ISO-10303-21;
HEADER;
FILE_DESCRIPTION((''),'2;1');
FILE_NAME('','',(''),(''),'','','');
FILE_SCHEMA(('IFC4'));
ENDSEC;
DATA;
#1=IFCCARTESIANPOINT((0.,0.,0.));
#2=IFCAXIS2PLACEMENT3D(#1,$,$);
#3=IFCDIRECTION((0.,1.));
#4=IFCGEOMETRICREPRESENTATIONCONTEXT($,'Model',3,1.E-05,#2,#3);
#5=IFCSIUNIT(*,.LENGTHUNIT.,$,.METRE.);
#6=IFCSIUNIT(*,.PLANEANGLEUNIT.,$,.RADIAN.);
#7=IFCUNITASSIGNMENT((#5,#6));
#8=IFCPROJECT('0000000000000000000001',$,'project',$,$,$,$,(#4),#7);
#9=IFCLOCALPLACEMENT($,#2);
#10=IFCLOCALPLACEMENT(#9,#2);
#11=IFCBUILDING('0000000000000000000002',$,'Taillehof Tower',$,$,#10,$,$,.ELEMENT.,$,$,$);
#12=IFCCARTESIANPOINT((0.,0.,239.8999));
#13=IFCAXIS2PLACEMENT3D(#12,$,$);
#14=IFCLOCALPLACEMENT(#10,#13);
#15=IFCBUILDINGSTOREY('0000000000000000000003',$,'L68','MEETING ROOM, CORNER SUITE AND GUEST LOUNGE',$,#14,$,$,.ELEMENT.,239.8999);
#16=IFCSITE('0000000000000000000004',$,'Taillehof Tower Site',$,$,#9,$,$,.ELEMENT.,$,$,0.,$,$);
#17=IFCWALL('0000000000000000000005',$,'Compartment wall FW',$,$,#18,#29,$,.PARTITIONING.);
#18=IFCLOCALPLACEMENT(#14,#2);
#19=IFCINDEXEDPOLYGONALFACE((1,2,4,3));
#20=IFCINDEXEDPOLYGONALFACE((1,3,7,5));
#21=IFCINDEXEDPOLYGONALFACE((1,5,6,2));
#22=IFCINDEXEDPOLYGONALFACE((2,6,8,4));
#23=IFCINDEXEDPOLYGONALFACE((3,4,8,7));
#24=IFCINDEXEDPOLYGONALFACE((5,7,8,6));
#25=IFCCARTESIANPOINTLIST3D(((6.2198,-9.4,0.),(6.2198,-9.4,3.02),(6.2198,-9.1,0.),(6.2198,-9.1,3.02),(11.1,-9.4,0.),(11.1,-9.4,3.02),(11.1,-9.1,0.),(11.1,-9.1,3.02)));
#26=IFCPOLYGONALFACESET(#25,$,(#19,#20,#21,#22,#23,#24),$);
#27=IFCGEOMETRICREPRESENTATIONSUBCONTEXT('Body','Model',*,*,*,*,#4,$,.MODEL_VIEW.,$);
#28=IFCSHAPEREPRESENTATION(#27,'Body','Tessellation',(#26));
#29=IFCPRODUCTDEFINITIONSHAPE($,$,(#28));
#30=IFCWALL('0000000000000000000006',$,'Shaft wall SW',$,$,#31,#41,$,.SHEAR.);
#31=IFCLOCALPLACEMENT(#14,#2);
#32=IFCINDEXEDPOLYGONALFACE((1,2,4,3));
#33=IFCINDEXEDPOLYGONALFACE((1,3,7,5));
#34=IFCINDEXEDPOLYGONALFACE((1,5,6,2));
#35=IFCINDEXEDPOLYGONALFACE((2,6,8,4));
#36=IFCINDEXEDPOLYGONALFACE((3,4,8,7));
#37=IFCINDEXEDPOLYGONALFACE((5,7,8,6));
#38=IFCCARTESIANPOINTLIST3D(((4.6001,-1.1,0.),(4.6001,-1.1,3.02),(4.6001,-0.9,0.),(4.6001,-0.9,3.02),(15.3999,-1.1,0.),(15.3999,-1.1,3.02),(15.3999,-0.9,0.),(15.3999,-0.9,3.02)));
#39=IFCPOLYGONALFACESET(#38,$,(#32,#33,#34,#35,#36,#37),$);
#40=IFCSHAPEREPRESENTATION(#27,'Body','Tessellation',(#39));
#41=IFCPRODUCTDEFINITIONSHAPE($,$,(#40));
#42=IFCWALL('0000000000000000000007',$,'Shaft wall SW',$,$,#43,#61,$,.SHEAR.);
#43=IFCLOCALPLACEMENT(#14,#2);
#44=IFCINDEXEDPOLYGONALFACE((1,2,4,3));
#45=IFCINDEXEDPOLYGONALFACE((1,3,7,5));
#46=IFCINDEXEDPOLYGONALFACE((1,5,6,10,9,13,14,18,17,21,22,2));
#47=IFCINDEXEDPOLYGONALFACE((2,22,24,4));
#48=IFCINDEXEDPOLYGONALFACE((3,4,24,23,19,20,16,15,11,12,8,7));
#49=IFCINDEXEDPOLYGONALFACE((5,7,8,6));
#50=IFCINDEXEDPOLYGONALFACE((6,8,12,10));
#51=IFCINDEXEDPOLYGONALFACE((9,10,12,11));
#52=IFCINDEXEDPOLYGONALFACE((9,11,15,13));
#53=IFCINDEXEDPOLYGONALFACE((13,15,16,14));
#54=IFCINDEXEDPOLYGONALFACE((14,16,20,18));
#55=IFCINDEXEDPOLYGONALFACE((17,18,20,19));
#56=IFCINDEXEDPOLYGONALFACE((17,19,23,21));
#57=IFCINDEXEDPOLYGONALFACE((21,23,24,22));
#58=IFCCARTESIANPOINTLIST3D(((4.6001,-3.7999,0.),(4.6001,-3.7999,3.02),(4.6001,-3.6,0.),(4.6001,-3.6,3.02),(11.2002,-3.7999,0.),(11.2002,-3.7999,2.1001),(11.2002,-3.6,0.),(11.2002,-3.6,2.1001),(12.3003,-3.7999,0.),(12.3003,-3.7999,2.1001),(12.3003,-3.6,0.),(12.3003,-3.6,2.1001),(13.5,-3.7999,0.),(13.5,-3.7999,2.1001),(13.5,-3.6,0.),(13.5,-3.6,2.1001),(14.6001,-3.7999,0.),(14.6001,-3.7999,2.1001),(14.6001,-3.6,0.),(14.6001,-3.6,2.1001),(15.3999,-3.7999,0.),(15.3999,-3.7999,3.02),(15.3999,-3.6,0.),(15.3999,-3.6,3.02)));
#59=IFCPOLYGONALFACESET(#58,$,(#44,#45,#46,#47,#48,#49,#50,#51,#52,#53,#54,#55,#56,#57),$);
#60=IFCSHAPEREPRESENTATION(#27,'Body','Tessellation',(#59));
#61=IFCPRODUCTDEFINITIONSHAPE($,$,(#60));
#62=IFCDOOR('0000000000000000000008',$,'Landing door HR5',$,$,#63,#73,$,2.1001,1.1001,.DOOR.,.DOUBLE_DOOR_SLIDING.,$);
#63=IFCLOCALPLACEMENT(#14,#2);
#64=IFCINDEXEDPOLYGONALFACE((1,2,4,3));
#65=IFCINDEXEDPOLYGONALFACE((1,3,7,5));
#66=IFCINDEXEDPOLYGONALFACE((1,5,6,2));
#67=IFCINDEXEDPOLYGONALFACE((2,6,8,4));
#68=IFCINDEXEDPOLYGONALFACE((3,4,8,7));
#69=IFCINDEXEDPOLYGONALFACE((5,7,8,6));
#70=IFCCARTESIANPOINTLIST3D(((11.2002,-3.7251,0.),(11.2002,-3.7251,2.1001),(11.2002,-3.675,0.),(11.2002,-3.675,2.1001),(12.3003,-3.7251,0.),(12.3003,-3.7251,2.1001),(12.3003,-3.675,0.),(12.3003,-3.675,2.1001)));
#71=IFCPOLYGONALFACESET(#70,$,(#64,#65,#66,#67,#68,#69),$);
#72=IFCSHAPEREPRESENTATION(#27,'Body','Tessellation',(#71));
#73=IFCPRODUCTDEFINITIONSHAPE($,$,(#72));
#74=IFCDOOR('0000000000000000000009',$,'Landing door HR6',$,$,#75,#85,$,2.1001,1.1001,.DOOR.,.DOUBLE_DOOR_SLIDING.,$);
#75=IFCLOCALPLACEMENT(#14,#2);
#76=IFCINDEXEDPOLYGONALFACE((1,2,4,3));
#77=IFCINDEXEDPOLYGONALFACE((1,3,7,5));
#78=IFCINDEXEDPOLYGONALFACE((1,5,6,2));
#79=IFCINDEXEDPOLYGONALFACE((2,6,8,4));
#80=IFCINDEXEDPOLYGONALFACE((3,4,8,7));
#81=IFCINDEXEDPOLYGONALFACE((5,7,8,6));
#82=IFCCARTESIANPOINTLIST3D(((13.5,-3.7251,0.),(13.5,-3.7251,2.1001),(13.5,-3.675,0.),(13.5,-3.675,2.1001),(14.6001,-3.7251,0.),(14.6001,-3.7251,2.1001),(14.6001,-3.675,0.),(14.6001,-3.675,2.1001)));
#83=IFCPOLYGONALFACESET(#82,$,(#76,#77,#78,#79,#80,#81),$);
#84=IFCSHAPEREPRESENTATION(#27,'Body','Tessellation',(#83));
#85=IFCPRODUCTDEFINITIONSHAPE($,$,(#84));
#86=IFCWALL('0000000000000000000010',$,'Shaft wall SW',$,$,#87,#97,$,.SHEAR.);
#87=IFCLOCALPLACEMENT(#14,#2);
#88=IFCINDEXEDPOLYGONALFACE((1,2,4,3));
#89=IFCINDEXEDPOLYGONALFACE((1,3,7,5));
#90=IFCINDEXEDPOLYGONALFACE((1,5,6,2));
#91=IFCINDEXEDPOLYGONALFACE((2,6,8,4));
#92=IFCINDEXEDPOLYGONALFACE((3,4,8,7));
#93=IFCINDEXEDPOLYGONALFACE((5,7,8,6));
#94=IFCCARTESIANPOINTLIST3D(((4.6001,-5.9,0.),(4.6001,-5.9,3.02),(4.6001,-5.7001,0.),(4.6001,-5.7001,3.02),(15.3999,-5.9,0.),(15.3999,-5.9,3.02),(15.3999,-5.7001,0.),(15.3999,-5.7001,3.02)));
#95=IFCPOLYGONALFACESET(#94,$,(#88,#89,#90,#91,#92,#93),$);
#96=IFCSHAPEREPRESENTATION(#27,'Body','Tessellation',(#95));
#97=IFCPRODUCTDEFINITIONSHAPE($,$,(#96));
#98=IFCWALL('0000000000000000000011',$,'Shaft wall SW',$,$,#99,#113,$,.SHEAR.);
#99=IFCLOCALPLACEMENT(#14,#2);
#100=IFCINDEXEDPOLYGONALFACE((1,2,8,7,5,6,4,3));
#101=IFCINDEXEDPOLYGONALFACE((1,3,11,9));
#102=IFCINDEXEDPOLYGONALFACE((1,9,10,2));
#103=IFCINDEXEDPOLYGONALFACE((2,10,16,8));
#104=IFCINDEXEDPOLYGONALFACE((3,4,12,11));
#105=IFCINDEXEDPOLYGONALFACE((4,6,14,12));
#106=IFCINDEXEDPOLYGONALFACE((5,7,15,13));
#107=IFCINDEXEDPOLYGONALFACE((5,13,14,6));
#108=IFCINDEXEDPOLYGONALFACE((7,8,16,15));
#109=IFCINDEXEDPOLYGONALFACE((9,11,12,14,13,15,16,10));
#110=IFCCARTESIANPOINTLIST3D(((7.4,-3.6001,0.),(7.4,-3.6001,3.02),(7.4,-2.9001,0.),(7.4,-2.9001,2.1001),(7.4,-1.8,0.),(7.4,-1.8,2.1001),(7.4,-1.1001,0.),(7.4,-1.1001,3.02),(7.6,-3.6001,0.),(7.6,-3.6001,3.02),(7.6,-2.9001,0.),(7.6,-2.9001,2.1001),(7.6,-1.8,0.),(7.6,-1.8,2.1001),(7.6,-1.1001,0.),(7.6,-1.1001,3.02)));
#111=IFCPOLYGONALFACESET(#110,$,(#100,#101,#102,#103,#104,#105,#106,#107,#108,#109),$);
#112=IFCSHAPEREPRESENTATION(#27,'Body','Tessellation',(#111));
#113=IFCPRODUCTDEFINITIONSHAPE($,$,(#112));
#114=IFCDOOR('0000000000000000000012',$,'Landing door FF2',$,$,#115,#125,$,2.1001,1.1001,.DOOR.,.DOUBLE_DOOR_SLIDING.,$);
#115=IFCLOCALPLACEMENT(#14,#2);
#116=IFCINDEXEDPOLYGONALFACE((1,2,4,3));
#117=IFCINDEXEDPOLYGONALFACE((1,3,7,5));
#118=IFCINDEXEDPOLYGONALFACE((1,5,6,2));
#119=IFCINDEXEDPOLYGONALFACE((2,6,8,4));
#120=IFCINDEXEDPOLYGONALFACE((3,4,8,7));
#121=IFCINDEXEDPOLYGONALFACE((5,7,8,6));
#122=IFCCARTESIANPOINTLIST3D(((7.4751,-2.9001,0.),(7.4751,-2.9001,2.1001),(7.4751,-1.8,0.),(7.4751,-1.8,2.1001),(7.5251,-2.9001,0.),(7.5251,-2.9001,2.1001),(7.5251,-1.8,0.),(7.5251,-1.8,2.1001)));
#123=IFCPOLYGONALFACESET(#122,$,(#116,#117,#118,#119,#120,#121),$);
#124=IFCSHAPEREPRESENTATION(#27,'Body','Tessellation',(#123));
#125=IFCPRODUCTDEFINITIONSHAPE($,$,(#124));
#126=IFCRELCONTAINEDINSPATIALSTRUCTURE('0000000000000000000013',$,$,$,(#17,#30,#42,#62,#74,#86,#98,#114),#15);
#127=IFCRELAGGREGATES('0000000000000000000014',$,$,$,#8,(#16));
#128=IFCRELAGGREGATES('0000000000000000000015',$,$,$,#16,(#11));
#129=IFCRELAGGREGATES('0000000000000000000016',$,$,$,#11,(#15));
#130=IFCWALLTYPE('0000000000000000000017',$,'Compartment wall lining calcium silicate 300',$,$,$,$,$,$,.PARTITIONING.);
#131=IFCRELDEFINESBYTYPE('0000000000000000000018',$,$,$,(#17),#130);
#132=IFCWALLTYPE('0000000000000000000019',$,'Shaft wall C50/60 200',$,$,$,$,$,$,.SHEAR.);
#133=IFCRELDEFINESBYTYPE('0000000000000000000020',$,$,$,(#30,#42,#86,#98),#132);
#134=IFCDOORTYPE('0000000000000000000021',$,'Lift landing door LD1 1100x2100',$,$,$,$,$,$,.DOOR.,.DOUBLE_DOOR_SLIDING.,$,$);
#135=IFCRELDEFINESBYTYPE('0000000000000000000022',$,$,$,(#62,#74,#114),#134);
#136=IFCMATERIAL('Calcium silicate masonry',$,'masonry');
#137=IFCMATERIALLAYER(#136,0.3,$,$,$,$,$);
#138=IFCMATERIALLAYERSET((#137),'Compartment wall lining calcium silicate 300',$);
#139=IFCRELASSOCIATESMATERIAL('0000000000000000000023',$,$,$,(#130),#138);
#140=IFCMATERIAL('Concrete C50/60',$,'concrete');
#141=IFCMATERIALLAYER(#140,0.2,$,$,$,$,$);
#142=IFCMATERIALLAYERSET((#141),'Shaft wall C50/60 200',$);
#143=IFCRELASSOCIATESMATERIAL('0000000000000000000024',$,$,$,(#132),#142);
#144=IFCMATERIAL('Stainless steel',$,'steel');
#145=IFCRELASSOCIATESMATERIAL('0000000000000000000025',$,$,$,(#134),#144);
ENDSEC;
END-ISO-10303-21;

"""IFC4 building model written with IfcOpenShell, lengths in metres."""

from ifc_helpers import new_model, si_unit, direction, frame, frame_2d, origin, place, context, subcontext, project, spatial, rectangle, extrude, material, layer, layer_set, type_object, element, fill, save


model = new_model("IFC4")

# Units and contexts
model_context = context("Model", 3, precision=1e-05, world=origin(), true_north=direction((0.0, 1.0)))
body_context = subcontext(model_context, "Body", "Model", "MODEL_VIEW")
ifc_project = project(units=[si_unit("LENGTHUNIT", "METRE"), si_unit("PLANEANGLEUNIT", "RADIAN")], contexts=[model_context])

# Site, building, storey
site_placement = place(None, origin())
site = spatial("IfcSite", under=ifc_project, at=site_placement, Name="Taillehof Tower Site", CompositionType="ELEMENT", RefElevation=0.0)
building_placement = place(site_placement, origin())
building = spatial("IfcBuilding", under=site, at=building_placement, Name="Taillehof Tower", CompositionType="ELEMENT")
storey_placement = place(building_placement, frame((0.0, 0.0, 239.8999)))
storey = spatial("IfcBuildingStorey", under=building, at=storey_placement, Name="L68", Description="MEETING ROOM, CORNER SUITE AND GUEST LOUNGE", CompositionType="ELEMENT", Elevation=239.8999)

# Walls
ifc_material_1 = material(Name="Calcium silicate masonry", Category="masonry")
ifc_layer_1 = layer(ifc_material_1, 0.3)
ifc_layer_set_1 = layer_set([ifc_layer_1], Name="Compartment wall lining calcium silicate 300")
wall_type_1 = type_object("IfcWallType", Name="Compartment wall lining calcium silicate 300", PredefinedType="PARTITIONING", material=ifc_layer_set_1)
wall_1_placement = place(storey_placement, frame((6.22, -9.25, 0.0), z_axis=(0.0, 0.0, 1.0), x_axis=(1.0, 0.0, 0.0)))
element("IfcWall", 1, at=wall_1_placement, inside=storey, type_object=wall_type_1, Name="Compartment wall FW", PredefinedType="PARTITIONING", context=body_context, shape_type="SweptSolid", body=[
    extrude(rectangle(XDim=4.8801, YDim=0.3, at=frame_2d((2.4399, 0.0))), origin(), (0.0, 0.0, 1.0), 3.02),
])
ifc_material_2 = material(Name="Concrete C50/60", Category="concrete")
ifc_layer_2 = layer(ifc_material_2, 0.2)
ifc_layer_set_2 = layer_set([ifc_layer_2], Name="Shaft wall C50/60 200")
wall_type_2 = type_object("IfcWallType", Name="Shaft wall C50/60 200", PredefinedType="SHEAR", material=ifc_layer_set_2)
wall_2_placement = place(storey_placement, frame((4.6001, -1.0, 0.0), z_axis=(0.0, 0.0, 1.0), x_axis=(1.0, 0.0, 0.0)))
element("IfcWall", 2, at=wall_2_placement, inside=storey, type_object=wall_type_2, Name="Shaft wall SW", PredefinedType="SHEAR", context=body_context, shape_type="SweptSolid", body=[
    extrude(rectangle(XDim=10.7998, YDim=0.2, at=frame_2d((5.3999, 0.0))), origin(), (0.0, 0.0, 1.0), 3.02),
])

# Wall, openings, doors
wall_3_placement = place(storey_placement, frame((4.6001, -3.7, 0.0), z_axis=(0.0, 0.0, 1.0), x_axis=(1.0, 0.0, 0.0)))
wall_3 = element("IfcWall", 3, at=wall_3_placement, inside=storey, type_object=wall_type_2, Name="Shaft wall SW", PredefinedType="SHEAR", context=body_context, shape_type="SweptSolid", body=[
    extrude(rectangle(XDim=10.7998, YDim=0.2, at=frame_2d((5.3999, 0.0))), origin(), (0.0, 0.0, 1.0), 3.02),
])
opening_1_placement = place(wall_3_placement, frame((6.6001, 0.0, 0.0)))
opening_1 = element("IfcOpeningElement", 4, at=opening_1_placement, cuts=wall_3, PredefinedType="OPENING", context=body_context, shape_type="SweptSolid", body=[
    extrude(rectangle(XDim=1.1001, YDim=2.1001, at=frame_2d((0.55, 1.05))), frame((0.0, 0.1099, 0.0), z_axis=(0.0, -1.0, 0.0), x_axis=(1.0, 0.0, 0.0)), (0.0, 0.0, 1.0), 0.22),
])
opening_2_placement = place(wall_3_placement, frame((8.8999, 0.0, 0.0)))
opening_2 = element("IfcOpeningElement", 5, at=opening_2_placement, cuts=wall_3, PredefinedType="OPENING", context=body_context, shape_type="SweptSolid", body=[
    extrude(rectangle(XDim=1.1001, YDim=2.1001, at=frame_2d((0.55, 1.05))), frame((0.0, 0.1099, 0.0), z_axis=(0.0, -1.0, 0.0), x_axis=(1.0, 0.0, 0.0)), (0.0, 0.0, 1.0), 0.22),
])
ifc_material_3 = material(Name="Stainless steel", Category="steel")
door_type_1 = type_object("IfcDoorType", Name="Lift landing door LD1 1100x2100", OperationType="DOUBLE_DOOR_SLIDING", PredefinedType="DOOR", material=ifc_material_3)
door_1_placement = place(opening_1_placement, origin())
door_1 = element("IfcDoor", 6, at=door_1_placement, inside=storey, type_object=door_type_1, Name="Landing door HR5", OperationType="DOUBLE_DOOR_SLIDING", OverallHeight=2.1001, OverallWidth=1.1001, PredefinedType="DOOR", context=body_context, shape_type="SweptSolid", body=[
    extrude(rectangle(XDim=1.1001, YDim=2.1001, at=frame_2d((0.55, 1.05))), frame((0.0, 0.0249, 0.0), z_axis=(0.0, -1.0, 0.0), x_axis=(1.0, 0.0, 0.0)), (0.0, 0.0, 1.0), 0.05),
])
fill(opening_1, door_1)
door_2_placement = place(opening_2_placement, origin())
door_2 = element("IfcDoor", 7, at=door_2_placement, inside=storey, type_object=door_type_1, Name="Landing door HR6", OperationType="DOUBLE_DOOR_SLIDING", OverallHeight=2.1001, OverallWidth=1.1001, PredefinedType="DOOR", context=body_context, shape_type="SweptSolid", body=[
    extrude(rectangle(XDim=1.1001, YDim=2.1001, at=frame_2d((0.55, 1.05))), frame((0.0, 0.0249, 0.0), z_axis=(0.0, -1.0, 0.0), x_axis=(1.0, 0.0, 0.0)), (0.0, 0.0, 1.0), 0.05),
])
fill(opening_2, door_2)

# Wall
wall_4_placement = place(storey_placement, frame((4.6001, -5.8, 0.0), z_axis=(0.0, 0.0, 1.0), x_axis=(1.0, 0.0, 0.0)))
element("IfcWall", 8, at=wall_4_placement, inside=storey, type_object=wall_type_2, Name="Shaft wall SW", PredefinedType="SHEAR", context=body_context, shape_type="SweptSolid", body=[
    extrude(rectangle(XDim=10.7998, YDim=0.2, at=frame_2d((5.3999, 0.0))), origin(), (0.0, 0.0, 1.0), 3.02),
])

# Wall, opening, door
wall_5_placement = place(storey_placement, frame((7.5, -3.6001, 0.0), z_axis=(0.0, 0.0, 1.0), x_axis=(0.0, 1.0, 0.0)))
wall_5 = element("IfcWall", 9, at=wall_5_placement, inside=storey, type_object=wall_type_2, Name="Shaft wall SW", PredefinedType="SHEAR", context=body_context, shape_type="SweptSolid", body=[
    extrude(rectangle(XDim=2.5, YDim=0.2, at=frame_2d((1.25, 0.0))), origin(), (0.0, 0.0, 1.0), 3.02),
])
opening_3_placement = place(wall_5_placement, frame((0.7, 0.0, 0.0)))
opening_3 = element("IfcOpeningElement", 10, at=opening_3_placement, cuts=wall_5, PredefinedType="OPENING", context=body_context, shape_type="SweptSolid", body=[
    extrude(rectangle(XDim=1.1001, YDim=2.1001, at=frame_2d((0.55, 1.05))), frame((0.0, 0.1099, 0.0), z_axis=(0.0, -1.0, 0.0), x_axis=(1.0, 0.0, 0.0)), (0.0, 0.0, 1.0), 0.22),
])
door_3_placement = place(opening_3_placement, origin())
door_3 = element("IfcDoor", 11, at=door_3_placement, inside=storey, type_object=door_type_1, Name="Landing door FF2", OperationType="DOUBLE_DOOR_SLIDING", OverallHeight=2.1001, OverallWidth=1.1001, PredefinedType="DOOR", context=body_context, shape_type="SweptSolid", body=[
    extrude(rectangle(XDim=1.1001, YDim=2.1001, at=frame_2d((0.55, 1.05))), frame((0.0, 0.0249, 0.0), z_axis=(0.0, -1.0, 0.0), x_axis=(1.0, 0.0, 0.0)), (0.0, 0.0, 1.0), 0.05),
])
fill(opening_3, door_3)

save(model, "model.ifc")
